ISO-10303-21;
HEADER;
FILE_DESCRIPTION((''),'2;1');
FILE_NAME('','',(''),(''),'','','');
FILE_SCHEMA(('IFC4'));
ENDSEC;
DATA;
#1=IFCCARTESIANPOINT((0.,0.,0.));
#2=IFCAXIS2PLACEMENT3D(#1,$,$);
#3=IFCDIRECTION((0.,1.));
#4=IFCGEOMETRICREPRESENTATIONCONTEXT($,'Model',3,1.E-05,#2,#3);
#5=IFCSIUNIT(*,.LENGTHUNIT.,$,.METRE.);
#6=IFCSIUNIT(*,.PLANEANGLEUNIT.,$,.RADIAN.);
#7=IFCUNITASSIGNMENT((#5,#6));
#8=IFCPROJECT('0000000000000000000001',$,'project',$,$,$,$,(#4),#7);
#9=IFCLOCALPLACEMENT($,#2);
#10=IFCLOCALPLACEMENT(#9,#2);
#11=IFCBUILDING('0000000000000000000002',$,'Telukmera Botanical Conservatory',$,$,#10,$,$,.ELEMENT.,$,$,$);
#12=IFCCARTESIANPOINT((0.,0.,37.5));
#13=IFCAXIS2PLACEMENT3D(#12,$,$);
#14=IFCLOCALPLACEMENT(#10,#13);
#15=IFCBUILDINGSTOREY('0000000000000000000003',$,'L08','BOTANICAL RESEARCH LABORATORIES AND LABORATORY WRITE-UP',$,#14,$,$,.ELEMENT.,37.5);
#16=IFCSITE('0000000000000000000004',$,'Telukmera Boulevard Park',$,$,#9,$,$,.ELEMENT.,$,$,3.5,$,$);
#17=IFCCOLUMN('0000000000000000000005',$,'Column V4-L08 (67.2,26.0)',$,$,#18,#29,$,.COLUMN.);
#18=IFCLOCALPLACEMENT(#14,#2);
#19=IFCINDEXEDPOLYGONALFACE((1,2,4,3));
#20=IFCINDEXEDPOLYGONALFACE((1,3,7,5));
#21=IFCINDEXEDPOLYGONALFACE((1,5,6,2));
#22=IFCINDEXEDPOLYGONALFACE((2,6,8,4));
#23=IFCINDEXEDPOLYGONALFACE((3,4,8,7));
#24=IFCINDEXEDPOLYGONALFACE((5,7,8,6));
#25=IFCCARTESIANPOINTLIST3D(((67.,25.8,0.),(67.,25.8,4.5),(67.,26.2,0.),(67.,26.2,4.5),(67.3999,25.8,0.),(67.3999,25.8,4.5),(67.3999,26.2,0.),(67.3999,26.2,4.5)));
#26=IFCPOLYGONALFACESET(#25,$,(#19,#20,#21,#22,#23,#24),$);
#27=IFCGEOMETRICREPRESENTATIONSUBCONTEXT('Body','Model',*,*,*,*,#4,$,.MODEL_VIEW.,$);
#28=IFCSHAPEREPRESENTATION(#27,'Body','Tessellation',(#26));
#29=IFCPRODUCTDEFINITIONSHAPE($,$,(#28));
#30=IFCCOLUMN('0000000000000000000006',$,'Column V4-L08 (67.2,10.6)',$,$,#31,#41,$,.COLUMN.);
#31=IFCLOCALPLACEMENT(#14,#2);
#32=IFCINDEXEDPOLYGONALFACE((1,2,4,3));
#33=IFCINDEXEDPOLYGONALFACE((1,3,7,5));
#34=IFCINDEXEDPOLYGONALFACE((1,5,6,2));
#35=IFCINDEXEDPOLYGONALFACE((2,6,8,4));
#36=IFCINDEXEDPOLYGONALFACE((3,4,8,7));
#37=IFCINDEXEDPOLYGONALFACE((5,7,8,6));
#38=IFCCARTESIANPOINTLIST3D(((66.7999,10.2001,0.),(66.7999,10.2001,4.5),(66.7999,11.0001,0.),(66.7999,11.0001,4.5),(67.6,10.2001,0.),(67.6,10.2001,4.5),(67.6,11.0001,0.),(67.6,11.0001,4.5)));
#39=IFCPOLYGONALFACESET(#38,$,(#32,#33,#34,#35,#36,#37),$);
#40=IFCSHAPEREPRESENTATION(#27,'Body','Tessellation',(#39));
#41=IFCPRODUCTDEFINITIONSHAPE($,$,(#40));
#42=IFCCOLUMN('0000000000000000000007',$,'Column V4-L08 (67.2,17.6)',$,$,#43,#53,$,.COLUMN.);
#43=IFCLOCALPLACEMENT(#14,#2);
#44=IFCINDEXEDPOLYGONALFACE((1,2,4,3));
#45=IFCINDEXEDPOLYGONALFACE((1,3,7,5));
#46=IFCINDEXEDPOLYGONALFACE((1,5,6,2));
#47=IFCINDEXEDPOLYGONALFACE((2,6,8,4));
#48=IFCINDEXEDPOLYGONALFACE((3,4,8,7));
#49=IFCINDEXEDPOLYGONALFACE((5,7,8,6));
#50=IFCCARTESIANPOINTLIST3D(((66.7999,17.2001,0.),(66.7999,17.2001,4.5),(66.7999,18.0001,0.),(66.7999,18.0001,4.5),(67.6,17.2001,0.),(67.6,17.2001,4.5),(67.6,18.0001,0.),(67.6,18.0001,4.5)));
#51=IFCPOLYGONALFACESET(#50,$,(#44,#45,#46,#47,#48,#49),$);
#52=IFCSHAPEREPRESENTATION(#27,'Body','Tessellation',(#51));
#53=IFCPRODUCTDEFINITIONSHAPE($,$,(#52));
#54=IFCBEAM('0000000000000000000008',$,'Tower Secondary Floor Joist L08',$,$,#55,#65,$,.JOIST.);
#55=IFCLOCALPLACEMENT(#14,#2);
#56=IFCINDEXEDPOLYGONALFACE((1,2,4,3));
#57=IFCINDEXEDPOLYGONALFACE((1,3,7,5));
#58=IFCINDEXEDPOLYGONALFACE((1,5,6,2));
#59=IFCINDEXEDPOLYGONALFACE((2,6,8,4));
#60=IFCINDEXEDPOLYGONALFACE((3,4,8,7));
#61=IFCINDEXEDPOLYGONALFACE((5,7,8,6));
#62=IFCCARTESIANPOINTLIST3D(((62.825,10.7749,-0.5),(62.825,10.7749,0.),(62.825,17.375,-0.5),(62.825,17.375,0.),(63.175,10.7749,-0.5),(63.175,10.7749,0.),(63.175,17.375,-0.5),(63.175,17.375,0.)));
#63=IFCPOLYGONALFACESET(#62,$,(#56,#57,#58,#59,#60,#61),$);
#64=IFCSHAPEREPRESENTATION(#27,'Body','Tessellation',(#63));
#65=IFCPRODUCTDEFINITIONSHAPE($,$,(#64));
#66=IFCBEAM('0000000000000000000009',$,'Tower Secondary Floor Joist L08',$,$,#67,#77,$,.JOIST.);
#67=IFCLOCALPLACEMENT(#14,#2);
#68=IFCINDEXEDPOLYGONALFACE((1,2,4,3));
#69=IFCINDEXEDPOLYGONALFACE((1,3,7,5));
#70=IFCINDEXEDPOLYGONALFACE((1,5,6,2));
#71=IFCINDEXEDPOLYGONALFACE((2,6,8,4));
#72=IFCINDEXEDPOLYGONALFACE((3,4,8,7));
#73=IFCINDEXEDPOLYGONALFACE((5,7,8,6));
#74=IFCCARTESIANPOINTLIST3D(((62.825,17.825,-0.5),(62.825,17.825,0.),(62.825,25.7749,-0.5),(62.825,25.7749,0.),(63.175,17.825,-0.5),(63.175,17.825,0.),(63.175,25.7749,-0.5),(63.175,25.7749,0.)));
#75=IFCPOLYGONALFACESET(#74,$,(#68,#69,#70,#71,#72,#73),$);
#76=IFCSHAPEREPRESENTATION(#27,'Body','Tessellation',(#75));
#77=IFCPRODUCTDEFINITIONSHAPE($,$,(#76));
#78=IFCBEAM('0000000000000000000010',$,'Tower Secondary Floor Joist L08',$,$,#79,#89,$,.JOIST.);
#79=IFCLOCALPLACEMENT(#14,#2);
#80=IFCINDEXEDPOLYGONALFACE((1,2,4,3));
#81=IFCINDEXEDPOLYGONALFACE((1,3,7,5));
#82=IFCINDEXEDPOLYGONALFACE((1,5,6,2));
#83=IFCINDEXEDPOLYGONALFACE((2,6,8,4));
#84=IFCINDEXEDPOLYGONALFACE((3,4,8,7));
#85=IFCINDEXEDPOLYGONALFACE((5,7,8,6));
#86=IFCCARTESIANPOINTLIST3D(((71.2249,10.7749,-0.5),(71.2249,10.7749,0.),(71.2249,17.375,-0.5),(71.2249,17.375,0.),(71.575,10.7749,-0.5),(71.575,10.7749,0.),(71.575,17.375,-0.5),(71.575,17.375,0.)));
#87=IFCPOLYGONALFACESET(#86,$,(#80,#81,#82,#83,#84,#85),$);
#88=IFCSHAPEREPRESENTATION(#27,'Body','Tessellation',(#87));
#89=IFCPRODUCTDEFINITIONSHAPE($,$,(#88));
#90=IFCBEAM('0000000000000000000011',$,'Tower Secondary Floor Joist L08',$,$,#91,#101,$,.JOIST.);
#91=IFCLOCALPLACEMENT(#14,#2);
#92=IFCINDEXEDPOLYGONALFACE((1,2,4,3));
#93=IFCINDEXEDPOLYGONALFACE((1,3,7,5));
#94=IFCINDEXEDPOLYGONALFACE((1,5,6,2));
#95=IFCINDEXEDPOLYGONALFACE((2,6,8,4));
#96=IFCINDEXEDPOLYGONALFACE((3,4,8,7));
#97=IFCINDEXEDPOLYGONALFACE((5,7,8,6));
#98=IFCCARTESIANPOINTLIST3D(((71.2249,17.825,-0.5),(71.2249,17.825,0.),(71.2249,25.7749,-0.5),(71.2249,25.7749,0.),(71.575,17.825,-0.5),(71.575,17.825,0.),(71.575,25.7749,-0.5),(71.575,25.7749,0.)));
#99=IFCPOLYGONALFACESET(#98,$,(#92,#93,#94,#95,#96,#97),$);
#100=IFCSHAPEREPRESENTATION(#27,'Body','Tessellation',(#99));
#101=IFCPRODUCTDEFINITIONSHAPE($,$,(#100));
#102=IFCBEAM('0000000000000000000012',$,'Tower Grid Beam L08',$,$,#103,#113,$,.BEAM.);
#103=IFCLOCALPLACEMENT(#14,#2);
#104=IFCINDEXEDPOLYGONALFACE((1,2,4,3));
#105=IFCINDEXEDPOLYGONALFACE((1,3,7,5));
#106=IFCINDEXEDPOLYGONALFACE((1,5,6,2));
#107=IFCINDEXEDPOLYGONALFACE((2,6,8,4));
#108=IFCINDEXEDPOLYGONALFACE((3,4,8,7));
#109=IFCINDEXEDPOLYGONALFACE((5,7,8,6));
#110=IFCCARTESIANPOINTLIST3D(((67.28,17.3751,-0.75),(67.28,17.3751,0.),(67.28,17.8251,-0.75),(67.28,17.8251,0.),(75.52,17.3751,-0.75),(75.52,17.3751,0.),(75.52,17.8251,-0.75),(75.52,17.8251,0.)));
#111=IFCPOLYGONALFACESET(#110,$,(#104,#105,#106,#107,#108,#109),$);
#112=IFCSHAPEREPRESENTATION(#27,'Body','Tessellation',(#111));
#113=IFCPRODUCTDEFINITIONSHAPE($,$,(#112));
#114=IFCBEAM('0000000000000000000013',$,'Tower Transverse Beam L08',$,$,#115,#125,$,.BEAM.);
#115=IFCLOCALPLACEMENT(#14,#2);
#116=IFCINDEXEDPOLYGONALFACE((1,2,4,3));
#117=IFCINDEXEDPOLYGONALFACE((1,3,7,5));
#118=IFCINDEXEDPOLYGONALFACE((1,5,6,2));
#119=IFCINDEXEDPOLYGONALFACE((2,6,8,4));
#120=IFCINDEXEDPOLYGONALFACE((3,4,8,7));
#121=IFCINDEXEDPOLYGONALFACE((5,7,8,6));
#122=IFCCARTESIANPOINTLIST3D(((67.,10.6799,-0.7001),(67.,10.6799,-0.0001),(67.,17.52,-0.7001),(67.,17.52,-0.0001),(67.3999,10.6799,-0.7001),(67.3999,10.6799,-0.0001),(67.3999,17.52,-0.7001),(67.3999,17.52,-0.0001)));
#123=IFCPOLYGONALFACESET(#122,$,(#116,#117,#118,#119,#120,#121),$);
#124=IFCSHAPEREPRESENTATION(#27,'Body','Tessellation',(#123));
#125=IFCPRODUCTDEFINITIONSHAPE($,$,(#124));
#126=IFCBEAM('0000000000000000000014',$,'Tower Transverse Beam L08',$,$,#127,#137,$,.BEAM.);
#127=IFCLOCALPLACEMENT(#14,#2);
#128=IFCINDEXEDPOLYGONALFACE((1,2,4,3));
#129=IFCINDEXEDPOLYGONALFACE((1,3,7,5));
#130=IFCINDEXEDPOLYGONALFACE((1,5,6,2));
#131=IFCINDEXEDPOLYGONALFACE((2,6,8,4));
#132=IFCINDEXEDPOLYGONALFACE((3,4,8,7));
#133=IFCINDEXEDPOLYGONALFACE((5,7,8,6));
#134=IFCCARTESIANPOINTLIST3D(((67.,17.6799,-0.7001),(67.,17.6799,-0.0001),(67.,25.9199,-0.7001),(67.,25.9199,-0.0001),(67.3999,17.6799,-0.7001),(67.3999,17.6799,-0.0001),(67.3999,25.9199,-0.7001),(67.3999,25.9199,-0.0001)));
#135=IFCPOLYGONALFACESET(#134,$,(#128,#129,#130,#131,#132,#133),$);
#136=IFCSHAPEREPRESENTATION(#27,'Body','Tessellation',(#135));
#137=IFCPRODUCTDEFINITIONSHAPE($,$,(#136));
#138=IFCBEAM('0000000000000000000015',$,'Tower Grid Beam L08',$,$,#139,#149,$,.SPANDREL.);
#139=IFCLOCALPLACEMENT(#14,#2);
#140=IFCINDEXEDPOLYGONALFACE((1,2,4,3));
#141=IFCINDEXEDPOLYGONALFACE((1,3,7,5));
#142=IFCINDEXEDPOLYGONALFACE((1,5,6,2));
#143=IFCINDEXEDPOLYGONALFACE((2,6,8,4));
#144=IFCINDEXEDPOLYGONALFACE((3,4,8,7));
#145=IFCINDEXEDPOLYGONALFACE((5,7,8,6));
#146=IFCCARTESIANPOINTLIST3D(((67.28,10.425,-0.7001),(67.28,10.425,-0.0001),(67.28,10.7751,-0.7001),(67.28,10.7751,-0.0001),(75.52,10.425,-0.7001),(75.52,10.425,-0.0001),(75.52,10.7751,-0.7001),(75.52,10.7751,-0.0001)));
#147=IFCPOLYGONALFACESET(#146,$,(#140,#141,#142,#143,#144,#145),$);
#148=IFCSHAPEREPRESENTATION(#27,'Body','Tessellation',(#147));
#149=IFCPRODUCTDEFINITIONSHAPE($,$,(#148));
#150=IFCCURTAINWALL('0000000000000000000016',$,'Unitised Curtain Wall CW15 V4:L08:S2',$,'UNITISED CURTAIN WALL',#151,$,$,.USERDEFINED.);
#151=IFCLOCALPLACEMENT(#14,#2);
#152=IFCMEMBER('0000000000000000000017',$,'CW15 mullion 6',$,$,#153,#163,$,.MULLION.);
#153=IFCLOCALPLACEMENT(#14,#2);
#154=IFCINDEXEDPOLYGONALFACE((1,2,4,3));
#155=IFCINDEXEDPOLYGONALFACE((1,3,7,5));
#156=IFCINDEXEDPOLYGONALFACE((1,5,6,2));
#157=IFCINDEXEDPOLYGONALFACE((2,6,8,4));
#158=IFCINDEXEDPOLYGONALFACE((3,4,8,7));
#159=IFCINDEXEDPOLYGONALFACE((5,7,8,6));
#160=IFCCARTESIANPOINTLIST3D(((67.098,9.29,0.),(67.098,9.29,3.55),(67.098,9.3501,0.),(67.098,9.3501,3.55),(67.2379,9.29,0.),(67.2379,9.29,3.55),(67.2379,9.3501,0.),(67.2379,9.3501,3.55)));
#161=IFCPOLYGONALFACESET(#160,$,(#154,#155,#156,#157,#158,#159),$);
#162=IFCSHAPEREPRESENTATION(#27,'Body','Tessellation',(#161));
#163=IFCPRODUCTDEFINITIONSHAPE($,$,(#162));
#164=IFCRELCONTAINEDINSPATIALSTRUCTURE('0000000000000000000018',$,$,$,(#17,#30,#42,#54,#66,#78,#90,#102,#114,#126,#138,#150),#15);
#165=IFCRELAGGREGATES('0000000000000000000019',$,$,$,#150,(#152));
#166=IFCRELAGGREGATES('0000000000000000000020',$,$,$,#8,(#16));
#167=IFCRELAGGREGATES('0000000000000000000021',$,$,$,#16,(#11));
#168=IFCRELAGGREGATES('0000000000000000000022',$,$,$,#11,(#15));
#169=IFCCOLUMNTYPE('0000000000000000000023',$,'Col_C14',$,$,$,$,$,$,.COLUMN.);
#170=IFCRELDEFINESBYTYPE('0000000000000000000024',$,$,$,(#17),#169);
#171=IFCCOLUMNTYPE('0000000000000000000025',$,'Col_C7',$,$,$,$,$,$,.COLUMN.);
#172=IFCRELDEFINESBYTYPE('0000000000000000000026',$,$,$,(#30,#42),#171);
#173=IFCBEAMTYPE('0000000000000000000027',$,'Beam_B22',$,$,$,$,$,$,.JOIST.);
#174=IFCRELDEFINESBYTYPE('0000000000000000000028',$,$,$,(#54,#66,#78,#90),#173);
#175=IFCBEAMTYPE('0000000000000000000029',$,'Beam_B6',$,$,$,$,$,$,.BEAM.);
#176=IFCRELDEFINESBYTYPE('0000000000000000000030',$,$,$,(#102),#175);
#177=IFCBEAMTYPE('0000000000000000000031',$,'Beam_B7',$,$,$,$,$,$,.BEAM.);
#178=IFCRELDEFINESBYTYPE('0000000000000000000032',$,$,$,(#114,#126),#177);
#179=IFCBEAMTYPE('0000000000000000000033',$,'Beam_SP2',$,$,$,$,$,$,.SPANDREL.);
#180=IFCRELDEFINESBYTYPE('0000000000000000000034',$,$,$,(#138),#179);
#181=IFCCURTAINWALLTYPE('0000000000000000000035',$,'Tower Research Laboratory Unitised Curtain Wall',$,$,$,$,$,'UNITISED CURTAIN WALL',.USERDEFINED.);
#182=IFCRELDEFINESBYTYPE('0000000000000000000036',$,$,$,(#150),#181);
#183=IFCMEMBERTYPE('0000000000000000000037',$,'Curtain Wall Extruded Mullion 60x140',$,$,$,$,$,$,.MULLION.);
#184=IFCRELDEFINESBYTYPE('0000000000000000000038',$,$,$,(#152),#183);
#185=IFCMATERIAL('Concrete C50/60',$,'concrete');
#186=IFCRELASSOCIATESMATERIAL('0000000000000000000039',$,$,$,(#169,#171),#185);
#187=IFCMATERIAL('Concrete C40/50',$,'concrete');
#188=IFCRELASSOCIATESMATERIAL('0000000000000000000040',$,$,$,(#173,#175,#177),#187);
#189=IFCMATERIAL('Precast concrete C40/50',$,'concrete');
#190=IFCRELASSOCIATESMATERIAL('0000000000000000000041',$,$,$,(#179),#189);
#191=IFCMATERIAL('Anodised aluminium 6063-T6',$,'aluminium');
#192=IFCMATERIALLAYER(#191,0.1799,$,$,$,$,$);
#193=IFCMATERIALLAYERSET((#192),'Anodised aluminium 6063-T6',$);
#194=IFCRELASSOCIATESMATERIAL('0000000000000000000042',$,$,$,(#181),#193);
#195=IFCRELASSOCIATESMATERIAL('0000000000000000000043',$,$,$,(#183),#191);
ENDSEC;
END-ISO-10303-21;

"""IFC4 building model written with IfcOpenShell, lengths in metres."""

from ifc_helpers import new_model, si_unit, direction, frame, origin, origin_2d, place, context, subcontext, project, spatial, rectangle, extrude, material, layer, layer_set, material_profile, profile_set, type_object, element, aggregate, save


model = new_model("IFC4")

# Units and contexts
model_context = context("Model", 3, precision=1e-05, world=origin(), true_north=direction((0.0, 1.0)))
body_context = subcontext(model_context, "Body", "Model", "MODEL_VIEW")
ifc_project = project(units=[si_unit("LENGTHUNIT", "METRE"), si_unit("PLANEANGLEUNIT", "RADIAN")], contexts=[model_context])

# Site, building, storey
site_placement = place(None, origin())
site = spatial("IfcSite", under=ifc_project, at=site_placement, Name="Telukmera Boulevard Park", CompositionType="ELEMENT", RefElevation=3.5)
building_placement = place(site_placement, origin())
building = spatial("IfcBuilding", under=site, at=building_placement, Name="Telukmera Botanical Conservatory", CompositionType="ELEMENT")
storey_placement = place(building_placement, frame((0.0, 0.0, 37.5)))
storey = spatial("IfcBuildingStorey", under=building, at=storey_placement, Name="L08", Description="BOTANICAL RESEARCH LABORATORIES AND LABORATORY WRITE-UP", CompositionType="ELEMENT", Elevation=37.5)

# Columns
ifc_material_1 = material(Name="Concrete C50/60", Category="concrete")
ifc_material_profile_1 = material_profile(ifc_material_1, rectangle(XDim=0.3999, YDim=0.3999, at=origin_2d()), Name="RC 400x400")
ifc_profile_set_1 = profile_set([ifc_material_profile_1], Name="Concrete C50/60")
column_type_1 = type_object("IfcColumnType", Name="Col_C14", PredefinedType="COLUMN", material=ifc_profile_set_1)
column_placement = place(storey_placement, frame((67.2, 26.0, 0.0), z_axis=(0.0, 0.0, 1.0), x_axis=(1.0, 0.0, 0.0)))
element("IfcColumn", 1, at=column_placement, inside=storey, type_object=column_type_1, Name="Column V4-L08 (67.2,26.0)", PredefinedType="COLUMN", context=body_context, shape_type="SweptSolid", body=[
    extrude(rectangle(XDim=0.3999, YDim=0.3999, at=origin_2d()), origin(), (0.0, 0.0, 1.0), 4.5),
])
ifc_material_profile_2 = material_profile(ifc_material_1, rectangle(XDim=0.8, YDim=0.8, at=origin_2d()), Name="RC 800x800")
ifc_profile_set_2 = profile_set([ifc_material_profile_2], Name="Concrete C50/60")
column_type_2 = type_object("IfcColumnType", Name="Col_C7", PredefinedType="COLUMN", material=ifc_profile_set_2)
for number, where, z_axis, x_axis, name in (
    (2, (67.2, 10.6001, 0.0), (0.0, 0.0, 1.0), (1.0, 0.0, 0.0), "Column V4-L08 (67.2,10.6)"),
    (3, (67.2, 17.6001, 0.0), (0.0, 0.0, 1.0), (1.0, 0.0, 0.0), "Column V4-L08 (67.2,17.6)"),
):
    element("IfcColumn", number, at=place(storey_placement, frame(where, z_axis=z_axis, x_axis=x_axis)), inside=storey, type_object=column_type_2, Name=name, PredefinedType="COLUMN", context=body_context, shape_type="SweptSolid", body=[
        extrude(rectangle(XDim=0.8, YDim=0.8, at=origin_2d()), origin(), (0.0, 0.0, 1.0), 4.5),
    ])

# Beams
ifc_material_2 = material(Name="Concrete C40/50", Category="concrete")
ifc_material_profile_3 = material_profile(ifc_material_2, rectangle(XDim=0.3501, YDim=0.5, at=origin_2d()), Name="RC 350x500")
ifc_profile_set_3 = profile_set([ifc_material_profile_3], Name="Concrete C40/50")
beam_type_1 = type_object("IfcBeamType", Name="Beam_B22", PredefinedType="JOIST", material=ifc_profile_set_3)
beam_1_placement = place(storey_placement, frame((63.0, 10.7749, -0.25), z_axis=(0.0, 1.0, 0.0), x_axis=(-1.0, 0.0, 0.0)))
element("IfcBeam", 4, at=beam_1_placement, inside=storey, type_object=beam_type_1, Name="Tower Secondary Floor Joist L08", PredefinedType="JOIST", context=body_context, shape_type="SweptSolid", body=[
    extrude(rectangle(XDim=0.3501, YDim=0.5, at=origin_2d()), origin(), (0.0, 0.0, 1.0), 6.6001),
])
beam_2_placement = place(storey_placement, frame((63.0, 17.825, -0.25), z_axis=(0.0, 1.0, 0.0), x_axis=(-1.0, 0.0, 0.0)))
element("IfcBeam", 5, at=beam_2_placement, inside=storey, type_object=beam_type_1, Name="Tower Secondary Floor Joist L08", PredefinedType="JOIST", context=body_context, shape_type="SweptSolid", body=[
    extrude(rectangle(XDim=0.3501, YDim=0.5, at=origin_2d()), origin(), (0.0, 0.0, 1.0), 7.95),
])
beam_3_placement = place(storey_placement, frame((71.3999, 10.7749, -0.25), z_axis=(0.0, 1.0, 0.0), x_axis=(-1.0, 0.0, 0.0)))
element("IfcBeam", 6, at=beam_3_placement, inside=storey, type_object=beam_type_1, Name="Tower Secondary Floor Joist L08", PredefinedType="JOIST", context=body_context, shape_type="SweptSolid", body=[
    extrude(rectangle(XDim=0.3501, YDim=0.5, at=origin_2d()), origin(), (0.0, 0.0, 1.0), 6.6001),
])
beam_4_placement = place(storey_placement, frame((71.3999, 17.825, -0.25), z_axis=(0.0, 1.0, 0.0), x_axis=(-1.0, 0.0, 0.0)))
element("IfcBeam", 7, at=beam_4_placement, inside=storey, type_object=beam_type_1, Name="Tower Secondary Floor Joist L08", PredefinedType="JOIST", context=body_context, shape_type="SweptSolid", body=[
    extrude(rectangle(XDim=0.3501, YDim=0.5, at=origin_2d()), origin(), (0.0, 0.0, 1.0), 7.95),
])
ifc_material_profile_4 = material_profile(ifc_material_2, rectangle(XDim=0.45, YDim=0.75, at=origin_2d()), Name="RC 450x750")
ifc_profile_set_4 = profile_set([ifc_material_profile_4], Name="Concrete C40/50")
beam_type_2 = type_object("IfcBeamType", Name="Beam_B6", PredefinedType="BEAM", material=ifc_profile_set_4)
beam_5_placement = place(storey_placement, frame((67.28, 17.6001, -0.375), z_axis=(1.0, 0.0, 0.0), x_axis=(0.0, 1.0, 0.0)))
element("IfcBeam", 8, at=beam_5_placement, inside=storey, type_object=beam_type_2, Name="Tower Grid Beam L08", PredefinedType="BEAM", context=body_context, shape_type="SweptSolid", body=[
    extrude(rectangle(XDim=0.45, YDim=0.75, at=origin_2d()), origin(), (0.0, 0.0, 1.0), 8.24),
])
ifc_material_profile_5 = material_profile(ifc_material_2, rectangle(XDim=0.3999, YDim=0.7, at=origin_2d()), Name="RC 400x700")
ifc_profile_set_5 = profile_set([ifc_material_profile_5], Name="Concrete C40/50")
beam_type_3 = type_object("IfcBeamType", Name="Beam_B7", PredefinedType="BEAM", material=ifc_profile_set_5)
beam_6_placement = place(storey_placement, frame((67.2, 10.6799, -0.3501), z_axis=(0.0, 1.0, 0.0), x_axis=(-1.0, 0.0, 0.0)))
element("IfcBeam", 9, at=beam_6_placement, inside=storey, type_object=beam_type_3, Name="Tower Transverse Beam L08", PredefinedType="BEAM", context=body_context, shape_type="SweptSolid", body=[
    extrude(rectangle(XDim=0.3999, YDim=0.7, at=origin_2d()), origin(), (0.0, 0.0, 1.0), 6.8401),
])
beam_7_placement = place(storey_placement, frame((67.2, 17.6799, -0.3501), z_axis=(0.0, 1.0, 0.0), x_axis=(-1.0, 0.0, 0.0)))
element("IfcBeam", 10, at=beam_7_placement, inside=storey, type_object=beam_type_3, Name="Tower Transverse Beam L08", PredefinedType="BEAM", context=body_context, shape_type="SweptSolid", body=[
    extrude(rectangle(XDim=0.3999, YDim=0.7, at=origin_2d()), origin(), (0.0, 0.0, 1.0), 8.24),
])
ifc_material_3 = material(Name="Precast concrete C40/50", Category="concrete")
ifc_material_profile_6 = material_profile(ifc_material_3, rectangle(XDim=0.3501, YDim=0.7, at=origin_2d()), Name="PC 350x700")
ifc_profile_set_6 = profile_set([ifc_material_profile_6], Name="Precast concrete C40/50")
beam_type_4 = type_object("IfcBeamType", Name="Beam_SP2", PredefinedType="SPANDREL", material=ifc_profile_set_6)
beam_8_placement = place(storey_placement, frame((67.28, 10.6001, -0.3501), z_axis=(1.0, 0.0, 0.0), x_axis=(0.0, 1.0, 0.0)))
element("IfcBeam", 11, at=beam_8_placement, inside=storey, type_object=beam_type_4, Name="Tower Grid Beam L08", PredefinedType="SPANDREL", context=body_context, shape_type="SweptSolid", body=[
    extrude(rectangle(XDim=0.3501, YDim=0.7, at=origin_2d()), origin(), (0.0, 0.0, 1.0), 8.24),
])

# Curtain wall, member
ifc_material_4 = material(Name="Anodised aluminium 6063-T6", Category="aluminium")
ifc_layer_1 = layer(ifc_material_4, 0.1799)
ifc_layer_set_1 = layer_set([ifc_layer_1], Name="Anodised aluminium 6063-T6")
curtain_wall_type = type_object("IfcCurtainWallType", Name="Tower Research Laboratory Unitised Curtain Wall", ElementType="UNITISED CURTAIN WALL", PredefinedType="USERDEFINED", material=ifc_layer_set_1)
curtain_wall_placement = place(storey_placement, origin())
curtain_wall = element("IfcCurtainWall", 12, at=curtain_wall_placement, inside=storey, type_object=curtain_wall_type, Name="Unitised Curtain Wall CW15 V4:L08:S2", ObjectType="UNITISED CURTAIN WALL", PredefinedType="USERDEFINED")
ifc_material_profile_7 = material_profile(ifc_material_4, rectangle(XDim=0.0601, YDim=0.1399, at=origin_2d()), Name="ALU MULL 60x140")
ifc_profile_set_7 = profile_set([ifc_material_profile_7], Name="Anodised aluminium 6063-T6")
member_type = type_object("IfcMemberType", Name="Curtain Wall Extruded Mullion 60x140", PredefinedType="MULLION", material=ifc_profile_set_7)
member_placement = place(storey_placement, frame((67.168, 9.3201, 0.0), z_axis=(0.0, 0.0, 1.0), x_axis=(0.0, 1.0, 0.0)))
member = element("IfcMember", 13, at=member_placement, type_object=member_type, Name="CW15 mullion 6", PredefinedType="MULLION", context=body_context, shape_type="SweptSolid", body=[
    extrude(rectangle(XDim=0.0601, YDim=0.1399, at=origin_2d()), origin(), (0.0, 0.0, 1.0), 3.55),
])
aggregate(curtain_wall, [member])

save(model, "model.ifc")
